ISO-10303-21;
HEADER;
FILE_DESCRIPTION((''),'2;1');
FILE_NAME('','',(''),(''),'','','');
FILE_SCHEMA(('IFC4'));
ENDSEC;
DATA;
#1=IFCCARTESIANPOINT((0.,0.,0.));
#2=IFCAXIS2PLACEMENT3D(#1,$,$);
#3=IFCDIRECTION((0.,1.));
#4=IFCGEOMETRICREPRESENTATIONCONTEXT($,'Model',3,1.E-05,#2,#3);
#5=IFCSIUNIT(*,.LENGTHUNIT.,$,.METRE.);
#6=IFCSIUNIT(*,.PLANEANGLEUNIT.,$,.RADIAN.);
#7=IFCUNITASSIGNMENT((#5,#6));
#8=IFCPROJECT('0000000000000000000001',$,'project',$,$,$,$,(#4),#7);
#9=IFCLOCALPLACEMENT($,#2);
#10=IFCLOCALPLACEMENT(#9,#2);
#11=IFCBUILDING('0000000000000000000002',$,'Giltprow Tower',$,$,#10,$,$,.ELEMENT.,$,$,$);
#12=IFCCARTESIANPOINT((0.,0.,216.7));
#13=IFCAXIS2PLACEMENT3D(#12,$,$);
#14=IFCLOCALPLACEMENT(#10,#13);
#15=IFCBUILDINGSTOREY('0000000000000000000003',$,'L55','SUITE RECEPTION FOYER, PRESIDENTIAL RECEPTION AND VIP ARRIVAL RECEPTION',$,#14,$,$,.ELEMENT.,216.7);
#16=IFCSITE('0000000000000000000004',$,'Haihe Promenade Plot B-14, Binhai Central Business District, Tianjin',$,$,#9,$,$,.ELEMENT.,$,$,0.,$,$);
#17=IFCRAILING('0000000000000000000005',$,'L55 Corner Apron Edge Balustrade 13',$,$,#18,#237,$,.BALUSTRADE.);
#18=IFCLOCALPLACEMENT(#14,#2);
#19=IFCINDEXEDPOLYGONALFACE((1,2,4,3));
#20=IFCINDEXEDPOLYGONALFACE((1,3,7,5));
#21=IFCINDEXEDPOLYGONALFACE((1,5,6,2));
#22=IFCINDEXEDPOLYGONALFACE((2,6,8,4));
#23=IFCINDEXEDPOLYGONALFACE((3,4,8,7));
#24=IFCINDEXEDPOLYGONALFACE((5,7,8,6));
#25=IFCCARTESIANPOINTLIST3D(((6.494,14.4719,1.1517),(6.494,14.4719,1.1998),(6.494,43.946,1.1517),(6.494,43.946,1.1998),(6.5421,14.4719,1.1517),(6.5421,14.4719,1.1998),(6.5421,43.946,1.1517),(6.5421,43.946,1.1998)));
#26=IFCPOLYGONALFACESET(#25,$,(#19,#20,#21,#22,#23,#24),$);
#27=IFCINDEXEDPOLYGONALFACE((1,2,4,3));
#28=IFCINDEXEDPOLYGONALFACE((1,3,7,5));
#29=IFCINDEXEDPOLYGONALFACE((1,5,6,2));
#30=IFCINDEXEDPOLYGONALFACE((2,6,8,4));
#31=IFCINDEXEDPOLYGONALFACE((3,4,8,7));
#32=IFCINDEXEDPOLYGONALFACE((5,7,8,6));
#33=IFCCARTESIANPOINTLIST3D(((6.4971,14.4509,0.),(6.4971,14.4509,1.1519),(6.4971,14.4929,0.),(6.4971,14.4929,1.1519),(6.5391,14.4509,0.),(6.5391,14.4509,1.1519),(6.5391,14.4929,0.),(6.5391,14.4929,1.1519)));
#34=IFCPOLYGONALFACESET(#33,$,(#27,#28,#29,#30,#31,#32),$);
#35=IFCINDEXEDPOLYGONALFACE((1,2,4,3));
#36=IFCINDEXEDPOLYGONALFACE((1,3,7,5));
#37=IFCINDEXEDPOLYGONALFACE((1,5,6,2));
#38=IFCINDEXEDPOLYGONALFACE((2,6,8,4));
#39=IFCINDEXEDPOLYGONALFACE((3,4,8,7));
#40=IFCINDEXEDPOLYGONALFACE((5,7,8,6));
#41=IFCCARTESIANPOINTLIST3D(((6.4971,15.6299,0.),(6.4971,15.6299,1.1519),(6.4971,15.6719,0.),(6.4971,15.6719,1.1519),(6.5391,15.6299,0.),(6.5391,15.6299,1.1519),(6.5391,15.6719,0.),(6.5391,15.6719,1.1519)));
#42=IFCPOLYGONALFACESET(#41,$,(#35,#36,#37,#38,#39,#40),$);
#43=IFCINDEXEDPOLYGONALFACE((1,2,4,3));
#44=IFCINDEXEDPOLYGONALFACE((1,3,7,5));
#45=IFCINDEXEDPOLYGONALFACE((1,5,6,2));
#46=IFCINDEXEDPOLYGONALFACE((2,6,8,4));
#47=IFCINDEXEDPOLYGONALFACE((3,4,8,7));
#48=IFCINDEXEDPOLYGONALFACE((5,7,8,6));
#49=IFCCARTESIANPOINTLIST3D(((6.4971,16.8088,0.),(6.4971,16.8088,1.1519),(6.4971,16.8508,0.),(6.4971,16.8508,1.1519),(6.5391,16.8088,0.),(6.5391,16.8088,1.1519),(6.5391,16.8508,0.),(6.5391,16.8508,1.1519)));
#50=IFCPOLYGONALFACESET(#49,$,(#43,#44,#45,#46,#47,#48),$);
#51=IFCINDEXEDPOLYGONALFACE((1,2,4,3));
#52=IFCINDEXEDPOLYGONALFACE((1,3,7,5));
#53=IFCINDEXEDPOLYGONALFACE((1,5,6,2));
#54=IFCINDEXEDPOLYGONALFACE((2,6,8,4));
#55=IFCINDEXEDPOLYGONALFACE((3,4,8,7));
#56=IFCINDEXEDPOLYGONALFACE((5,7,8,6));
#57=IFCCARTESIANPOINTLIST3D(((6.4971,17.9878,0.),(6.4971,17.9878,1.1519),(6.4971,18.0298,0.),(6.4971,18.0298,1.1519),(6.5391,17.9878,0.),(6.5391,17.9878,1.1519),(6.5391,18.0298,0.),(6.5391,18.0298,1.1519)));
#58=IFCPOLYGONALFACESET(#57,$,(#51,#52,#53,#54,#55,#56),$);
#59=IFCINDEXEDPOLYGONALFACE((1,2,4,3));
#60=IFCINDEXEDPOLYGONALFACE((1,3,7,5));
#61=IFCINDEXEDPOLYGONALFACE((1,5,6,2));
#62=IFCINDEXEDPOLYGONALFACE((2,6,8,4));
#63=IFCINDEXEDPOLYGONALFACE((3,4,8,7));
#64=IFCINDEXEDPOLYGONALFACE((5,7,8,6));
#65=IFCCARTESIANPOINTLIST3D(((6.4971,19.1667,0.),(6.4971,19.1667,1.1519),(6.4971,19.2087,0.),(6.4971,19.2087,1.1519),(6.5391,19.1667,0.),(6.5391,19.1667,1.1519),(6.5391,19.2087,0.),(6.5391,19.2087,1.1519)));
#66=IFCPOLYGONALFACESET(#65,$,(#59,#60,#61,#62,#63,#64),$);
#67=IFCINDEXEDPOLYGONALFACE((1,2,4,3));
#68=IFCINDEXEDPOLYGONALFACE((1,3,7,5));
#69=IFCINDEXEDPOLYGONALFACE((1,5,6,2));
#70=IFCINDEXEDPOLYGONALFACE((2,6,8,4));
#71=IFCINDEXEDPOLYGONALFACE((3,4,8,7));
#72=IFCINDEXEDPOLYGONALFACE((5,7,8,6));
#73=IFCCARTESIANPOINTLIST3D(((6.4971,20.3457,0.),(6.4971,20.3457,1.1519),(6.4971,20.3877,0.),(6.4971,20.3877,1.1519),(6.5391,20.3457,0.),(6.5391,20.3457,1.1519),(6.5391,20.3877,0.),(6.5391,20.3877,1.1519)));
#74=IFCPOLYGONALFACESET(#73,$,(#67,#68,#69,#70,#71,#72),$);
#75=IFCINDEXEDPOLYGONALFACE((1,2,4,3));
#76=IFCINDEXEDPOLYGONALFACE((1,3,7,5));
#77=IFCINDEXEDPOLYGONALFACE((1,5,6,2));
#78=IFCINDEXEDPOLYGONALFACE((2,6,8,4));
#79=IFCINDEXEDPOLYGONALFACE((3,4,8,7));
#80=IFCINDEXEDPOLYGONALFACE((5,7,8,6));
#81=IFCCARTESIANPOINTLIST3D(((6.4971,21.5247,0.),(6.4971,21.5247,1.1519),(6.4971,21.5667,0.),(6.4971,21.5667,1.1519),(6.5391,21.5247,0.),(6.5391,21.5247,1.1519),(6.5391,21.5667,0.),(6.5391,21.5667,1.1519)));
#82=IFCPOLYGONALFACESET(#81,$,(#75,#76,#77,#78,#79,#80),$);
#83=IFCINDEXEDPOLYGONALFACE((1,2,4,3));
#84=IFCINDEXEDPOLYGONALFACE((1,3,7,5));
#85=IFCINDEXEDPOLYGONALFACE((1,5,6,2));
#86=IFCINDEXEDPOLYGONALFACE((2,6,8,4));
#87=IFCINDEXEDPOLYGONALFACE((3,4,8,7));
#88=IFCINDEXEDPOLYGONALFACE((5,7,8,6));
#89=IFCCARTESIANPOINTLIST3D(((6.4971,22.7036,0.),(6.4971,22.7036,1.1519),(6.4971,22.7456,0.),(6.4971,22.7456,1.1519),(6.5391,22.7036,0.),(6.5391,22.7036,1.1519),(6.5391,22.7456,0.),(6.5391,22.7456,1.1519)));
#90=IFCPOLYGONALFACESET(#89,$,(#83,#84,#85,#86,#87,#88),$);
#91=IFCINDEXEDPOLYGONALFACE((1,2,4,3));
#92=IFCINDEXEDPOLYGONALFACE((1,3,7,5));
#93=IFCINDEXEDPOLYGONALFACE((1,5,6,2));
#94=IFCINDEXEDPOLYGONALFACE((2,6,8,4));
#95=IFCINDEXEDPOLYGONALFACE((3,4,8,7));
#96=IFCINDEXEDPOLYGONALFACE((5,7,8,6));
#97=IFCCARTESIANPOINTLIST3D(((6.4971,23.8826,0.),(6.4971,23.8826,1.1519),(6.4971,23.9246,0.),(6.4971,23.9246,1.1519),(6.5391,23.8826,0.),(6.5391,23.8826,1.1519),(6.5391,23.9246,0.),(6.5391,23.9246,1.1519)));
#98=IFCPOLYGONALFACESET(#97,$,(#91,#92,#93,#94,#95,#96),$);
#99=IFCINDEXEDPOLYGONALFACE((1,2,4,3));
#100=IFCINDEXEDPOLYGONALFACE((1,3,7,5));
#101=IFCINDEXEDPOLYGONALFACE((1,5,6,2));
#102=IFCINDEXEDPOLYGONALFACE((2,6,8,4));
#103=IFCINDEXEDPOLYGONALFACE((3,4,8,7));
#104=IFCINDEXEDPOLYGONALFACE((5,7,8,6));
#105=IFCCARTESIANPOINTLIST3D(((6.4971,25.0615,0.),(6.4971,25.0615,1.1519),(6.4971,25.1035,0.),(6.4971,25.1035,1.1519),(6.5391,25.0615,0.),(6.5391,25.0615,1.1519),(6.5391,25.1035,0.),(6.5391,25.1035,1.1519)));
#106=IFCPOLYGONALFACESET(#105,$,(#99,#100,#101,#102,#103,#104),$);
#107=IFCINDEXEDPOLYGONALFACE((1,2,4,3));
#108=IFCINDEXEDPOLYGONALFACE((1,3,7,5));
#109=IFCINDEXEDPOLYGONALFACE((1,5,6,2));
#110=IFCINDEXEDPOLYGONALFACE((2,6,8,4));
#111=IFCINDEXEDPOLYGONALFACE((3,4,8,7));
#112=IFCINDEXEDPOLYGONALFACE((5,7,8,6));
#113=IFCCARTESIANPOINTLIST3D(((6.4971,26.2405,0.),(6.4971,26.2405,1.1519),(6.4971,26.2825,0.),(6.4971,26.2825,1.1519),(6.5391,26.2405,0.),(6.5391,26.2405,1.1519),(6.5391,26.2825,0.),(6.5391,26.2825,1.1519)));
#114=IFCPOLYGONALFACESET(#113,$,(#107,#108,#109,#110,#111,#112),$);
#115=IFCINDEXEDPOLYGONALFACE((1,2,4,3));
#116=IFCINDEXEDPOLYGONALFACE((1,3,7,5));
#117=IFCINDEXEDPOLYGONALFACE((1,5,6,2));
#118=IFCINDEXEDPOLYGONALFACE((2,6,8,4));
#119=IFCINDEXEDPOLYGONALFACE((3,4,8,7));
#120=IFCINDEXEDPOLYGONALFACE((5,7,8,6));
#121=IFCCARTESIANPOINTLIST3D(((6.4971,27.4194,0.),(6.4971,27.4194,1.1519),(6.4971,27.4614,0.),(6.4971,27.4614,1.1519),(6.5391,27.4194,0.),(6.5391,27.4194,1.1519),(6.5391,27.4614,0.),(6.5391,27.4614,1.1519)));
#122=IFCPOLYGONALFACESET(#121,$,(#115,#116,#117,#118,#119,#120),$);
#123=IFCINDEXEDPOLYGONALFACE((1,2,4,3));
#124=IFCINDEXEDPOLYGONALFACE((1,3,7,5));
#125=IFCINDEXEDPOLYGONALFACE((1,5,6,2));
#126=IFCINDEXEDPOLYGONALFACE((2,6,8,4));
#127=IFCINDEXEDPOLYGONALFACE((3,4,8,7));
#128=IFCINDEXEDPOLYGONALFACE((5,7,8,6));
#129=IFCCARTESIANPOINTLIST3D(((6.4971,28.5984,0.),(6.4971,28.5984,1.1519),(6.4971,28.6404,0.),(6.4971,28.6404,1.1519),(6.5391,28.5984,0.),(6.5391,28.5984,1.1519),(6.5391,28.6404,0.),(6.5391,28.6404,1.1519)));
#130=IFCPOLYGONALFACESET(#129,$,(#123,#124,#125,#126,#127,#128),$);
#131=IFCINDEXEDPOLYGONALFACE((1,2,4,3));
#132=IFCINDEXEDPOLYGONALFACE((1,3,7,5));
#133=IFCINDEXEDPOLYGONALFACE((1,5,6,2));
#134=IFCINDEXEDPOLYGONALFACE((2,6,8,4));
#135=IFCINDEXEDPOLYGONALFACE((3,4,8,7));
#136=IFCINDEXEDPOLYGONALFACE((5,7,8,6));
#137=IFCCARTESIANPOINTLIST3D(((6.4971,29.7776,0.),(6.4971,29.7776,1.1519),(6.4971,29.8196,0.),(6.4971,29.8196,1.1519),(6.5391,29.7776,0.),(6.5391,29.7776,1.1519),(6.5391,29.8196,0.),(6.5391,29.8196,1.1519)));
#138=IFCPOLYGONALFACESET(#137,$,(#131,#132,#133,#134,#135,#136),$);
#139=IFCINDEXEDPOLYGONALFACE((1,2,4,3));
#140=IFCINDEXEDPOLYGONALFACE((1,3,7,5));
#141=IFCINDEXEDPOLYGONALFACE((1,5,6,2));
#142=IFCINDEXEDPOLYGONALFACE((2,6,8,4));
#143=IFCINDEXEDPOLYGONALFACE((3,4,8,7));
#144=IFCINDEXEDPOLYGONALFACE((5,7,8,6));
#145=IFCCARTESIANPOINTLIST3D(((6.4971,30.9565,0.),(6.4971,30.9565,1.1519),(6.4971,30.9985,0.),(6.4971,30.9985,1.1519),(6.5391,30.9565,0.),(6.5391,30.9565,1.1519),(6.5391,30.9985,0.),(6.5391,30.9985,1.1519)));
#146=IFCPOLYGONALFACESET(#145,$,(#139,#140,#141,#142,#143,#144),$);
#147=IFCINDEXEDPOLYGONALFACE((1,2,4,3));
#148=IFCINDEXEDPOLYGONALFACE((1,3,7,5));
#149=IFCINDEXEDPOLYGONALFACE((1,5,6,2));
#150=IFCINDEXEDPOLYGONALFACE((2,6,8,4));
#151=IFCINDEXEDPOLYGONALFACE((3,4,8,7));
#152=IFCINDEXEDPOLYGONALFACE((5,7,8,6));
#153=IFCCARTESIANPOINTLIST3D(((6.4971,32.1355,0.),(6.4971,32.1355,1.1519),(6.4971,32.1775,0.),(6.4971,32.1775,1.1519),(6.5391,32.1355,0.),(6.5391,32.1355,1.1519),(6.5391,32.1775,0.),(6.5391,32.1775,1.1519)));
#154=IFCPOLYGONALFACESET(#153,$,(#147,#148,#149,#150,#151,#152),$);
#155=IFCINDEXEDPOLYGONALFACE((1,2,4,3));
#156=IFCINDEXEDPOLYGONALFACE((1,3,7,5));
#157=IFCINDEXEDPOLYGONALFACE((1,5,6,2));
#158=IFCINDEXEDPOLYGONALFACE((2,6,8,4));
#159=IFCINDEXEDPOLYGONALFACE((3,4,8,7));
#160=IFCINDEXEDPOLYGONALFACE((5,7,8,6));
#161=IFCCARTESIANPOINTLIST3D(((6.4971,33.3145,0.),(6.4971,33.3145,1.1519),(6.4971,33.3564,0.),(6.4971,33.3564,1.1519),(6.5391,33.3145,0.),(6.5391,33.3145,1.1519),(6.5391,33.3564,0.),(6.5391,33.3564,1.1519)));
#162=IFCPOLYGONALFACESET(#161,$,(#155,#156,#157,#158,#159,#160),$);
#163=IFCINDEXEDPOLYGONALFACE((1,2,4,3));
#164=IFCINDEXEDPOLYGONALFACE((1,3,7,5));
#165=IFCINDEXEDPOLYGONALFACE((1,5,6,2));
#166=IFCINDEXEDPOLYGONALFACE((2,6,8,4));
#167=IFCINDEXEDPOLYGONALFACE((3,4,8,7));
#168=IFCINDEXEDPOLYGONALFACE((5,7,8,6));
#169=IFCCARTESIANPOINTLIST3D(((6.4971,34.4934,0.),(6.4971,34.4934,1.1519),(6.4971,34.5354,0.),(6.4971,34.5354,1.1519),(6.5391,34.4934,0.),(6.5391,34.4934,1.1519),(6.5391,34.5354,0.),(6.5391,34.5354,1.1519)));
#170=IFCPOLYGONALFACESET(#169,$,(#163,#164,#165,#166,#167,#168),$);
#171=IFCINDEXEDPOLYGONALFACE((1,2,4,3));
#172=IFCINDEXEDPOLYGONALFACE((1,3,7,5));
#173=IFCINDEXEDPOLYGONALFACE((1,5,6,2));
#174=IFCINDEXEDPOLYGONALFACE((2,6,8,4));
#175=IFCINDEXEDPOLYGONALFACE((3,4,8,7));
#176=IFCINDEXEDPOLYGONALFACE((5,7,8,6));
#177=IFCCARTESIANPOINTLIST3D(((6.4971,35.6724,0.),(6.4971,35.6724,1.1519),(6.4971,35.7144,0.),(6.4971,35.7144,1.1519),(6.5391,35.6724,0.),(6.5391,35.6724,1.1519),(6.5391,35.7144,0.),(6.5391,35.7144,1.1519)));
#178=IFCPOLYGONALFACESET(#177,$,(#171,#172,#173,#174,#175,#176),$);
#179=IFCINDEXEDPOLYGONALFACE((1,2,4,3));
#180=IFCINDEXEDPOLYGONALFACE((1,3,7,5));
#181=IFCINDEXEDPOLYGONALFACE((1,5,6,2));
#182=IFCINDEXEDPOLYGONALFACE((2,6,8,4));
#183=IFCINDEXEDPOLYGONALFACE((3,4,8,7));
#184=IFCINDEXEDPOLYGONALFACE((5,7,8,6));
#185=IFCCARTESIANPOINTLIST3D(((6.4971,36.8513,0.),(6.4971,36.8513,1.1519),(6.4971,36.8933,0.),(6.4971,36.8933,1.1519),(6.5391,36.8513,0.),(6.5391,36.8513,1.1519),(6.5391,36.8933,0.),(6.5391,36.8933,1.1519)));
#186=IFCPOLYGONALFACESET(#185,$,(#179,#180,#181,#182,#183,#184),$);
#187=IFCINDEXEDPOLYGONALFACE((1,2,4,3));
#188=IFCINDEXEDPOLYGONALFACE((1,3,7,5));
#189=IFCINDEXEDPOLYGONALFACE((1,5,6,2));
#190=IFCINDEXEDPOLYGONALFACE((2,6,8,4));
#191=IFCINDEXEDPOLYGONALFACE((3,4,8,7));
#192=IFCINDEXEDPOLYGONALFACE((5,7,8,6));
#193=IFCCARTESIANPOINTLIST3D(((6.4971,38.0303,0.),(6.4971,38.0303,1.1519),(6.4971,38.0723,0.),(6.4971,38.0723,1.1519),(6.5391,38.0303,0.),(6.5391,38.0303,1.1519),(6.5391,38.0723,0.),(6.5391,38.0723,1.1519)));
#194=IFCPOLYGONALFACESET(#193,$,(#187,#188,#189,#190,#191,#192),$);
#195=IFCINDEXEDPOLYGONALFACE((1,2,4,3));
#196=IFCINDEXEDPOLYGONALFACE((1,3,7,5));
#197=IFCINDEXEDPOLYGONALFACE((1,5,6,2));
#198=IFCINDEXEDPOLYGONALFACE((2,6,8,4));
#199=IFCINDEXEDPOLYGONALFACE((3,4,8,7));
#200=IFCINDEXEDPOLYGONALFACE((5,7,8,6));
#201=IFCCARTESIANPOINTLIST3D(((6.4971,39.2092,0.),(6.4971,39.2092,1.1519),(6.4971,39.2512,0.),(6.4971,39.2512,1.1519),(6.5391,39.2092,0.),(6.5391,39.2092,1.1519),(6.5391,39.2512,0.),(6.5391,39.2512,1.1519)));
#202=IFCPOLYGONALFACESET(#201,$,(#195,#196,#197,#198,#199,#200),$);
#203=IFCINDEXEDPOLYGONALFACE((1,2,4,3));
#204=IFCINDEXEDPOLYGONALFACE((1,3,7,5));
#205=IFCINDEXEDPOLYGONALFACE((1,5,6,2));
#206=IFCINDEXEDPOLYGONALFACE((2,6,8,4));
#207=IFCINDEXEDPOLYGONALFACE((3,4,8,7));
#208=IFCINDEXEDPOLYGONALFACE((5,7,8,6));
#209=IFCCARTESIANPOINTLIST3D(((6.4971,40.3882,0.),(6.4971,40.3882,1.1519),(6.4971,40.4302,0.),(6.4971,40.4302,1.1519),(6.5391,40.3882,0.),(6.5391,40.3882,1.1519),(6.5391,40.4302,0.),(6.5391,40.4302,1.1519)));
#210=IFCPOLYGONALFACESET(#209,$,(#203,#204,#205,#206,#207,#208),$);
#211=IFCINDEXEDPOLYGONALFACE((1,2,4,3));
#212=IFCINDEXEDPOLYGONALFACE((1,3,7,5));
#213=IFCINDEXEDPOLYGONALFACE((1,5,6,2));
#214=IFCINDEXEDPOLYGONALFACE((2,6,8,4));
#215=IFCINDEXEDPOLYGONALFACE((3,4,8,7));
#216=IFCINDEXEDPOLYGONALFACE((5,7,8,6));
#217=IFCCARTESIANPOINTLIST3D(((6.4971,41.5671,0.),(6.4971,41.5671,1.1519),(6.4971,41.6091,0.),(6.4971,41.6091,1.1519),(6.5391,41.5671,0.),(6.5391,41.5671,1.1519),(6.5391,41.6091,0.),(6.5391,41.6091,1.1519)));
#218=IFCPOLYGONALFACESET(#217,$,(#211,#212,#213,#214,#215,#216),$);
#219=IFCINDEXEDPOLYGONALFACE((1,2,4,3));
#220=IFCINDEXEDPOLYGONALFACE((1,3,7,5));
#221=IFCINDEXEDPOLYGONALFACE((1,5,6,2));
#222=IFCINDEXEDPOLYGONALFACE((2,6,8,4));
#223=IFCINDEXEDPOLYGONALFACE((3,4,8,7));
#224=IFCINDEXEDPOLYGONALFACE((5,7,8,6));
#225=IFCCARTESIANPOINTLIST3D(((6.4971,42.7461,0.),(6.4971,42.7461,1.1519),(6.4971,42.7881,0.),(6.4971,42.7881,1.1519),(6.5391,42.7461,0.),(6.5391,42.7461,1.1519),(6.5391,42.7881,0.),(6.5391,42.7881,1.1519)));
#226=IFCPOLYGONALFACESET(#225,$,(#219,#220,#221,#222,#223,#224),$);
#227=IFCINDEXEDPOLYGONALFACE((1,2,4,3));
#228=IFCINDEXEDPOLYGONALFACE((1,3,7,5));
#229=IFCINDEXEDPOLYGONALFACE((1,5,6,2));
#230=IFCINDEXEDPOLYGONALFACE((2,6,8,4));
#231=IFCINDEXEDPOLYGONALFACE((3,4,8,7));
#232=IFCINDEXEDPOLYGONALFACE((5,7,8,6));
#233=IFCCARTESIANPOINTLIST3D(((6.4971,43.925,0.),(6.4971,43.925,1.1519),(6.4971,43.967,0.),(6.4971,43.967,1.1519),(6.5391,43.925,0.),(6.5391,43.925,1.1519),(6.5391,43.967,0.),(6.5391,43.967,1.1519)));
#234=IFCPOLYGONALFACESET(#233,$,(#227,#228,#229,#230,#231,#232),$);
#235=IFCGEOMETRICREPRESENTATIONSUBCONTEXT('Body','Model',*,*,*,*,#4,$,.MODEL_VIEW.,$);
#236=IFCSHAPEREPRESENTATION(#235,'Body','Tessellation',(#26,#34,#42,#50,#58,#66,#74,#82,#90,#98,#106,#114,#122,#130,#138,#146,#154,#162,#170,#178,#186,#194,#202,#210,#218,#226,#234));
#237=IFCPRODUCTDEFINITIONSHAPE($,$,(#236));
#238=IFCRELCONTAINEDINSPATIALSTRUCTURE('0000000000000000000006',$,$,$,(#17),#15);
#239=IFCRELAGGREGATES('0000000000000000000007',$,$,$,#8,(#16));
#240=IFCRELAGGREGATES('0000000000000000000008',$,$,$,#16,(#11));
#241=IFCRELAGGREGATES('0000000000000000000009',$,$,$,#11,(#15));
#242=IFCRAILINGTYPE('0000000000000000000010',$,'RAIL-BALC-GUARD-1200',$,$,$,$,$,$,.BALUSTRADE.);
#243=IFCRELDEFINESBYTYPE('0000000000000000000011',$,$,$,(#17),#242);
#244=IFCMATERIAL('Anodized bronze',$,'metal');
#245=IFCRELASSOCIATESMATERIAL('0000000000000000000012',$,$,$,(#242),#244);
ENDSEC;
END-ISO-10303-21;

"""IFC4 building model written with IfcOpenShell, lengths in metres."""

from ifc_helpers import new_model, si_unit, direction, frame, origin, origin_2d, place, context, subcontext, project, spatial, rectangle, extrude, material, type_object, element, save


model = new_model("IFC4")

# Units and contexts
model_context = context("Model", 3, precision=1e-05, world=origin(), true_north=direction((0.0, 1.0)))
body_context = subcontext(model_context, "Body", "Model", "MODEL_VIEW")
ifc_project = project(units=[si_unit("LENGTHUNIT", "METRE"), si_unit("PLANEANGLEUNIT", "RADIAN")], contexts=[model_context])

# Site, building, storey
site_placement = place(None, origin())
site = spatial("IfcSite", under=ifc_project, at=site_placement, Name="Haihe Promenade Plot B-14, Binhai Central Business District, Tianjin", CompositionType="ELEMENT", RefElevation=0.0)
building_placement = place(site_placement, origin())
building = spatial("IfcBuilding", under=site, at=building_placement, Name="Giltprow Tower", CompositionType="ELEMENT")
storey_placement = place(building_placement, frame((0.0, 0.0, 216.7)))
storey = spatial("IfcBuildingStorey", under=building, at=storey_placement, Name="L55", Description="SUITE RECEPTION FOYER, PRESIDENTIAL RECEPTION AND VIP ARRIVAL RECEPTION", CompositionType="ELEMENT", Elevation=216.7)

# Shared definitions
ifc_material_1 = material(Name="Anodized bronze", Category="metal")

# Railing
railing_type = type_object("IfcRailingType", Name="RAIL-BALC-GUARD-1200", PredefinedType="BALUSTRADE", material=ifc_material_1)
railing_1_placement = place(storey_placement, frame((6.5181, 14.4719, 0.0)))
element("IfcRailing", 1, at=railing_1_placement, inside=storey, type_object=railing_type, Name="L55 Corner Apron Edge Balustrade 13", PredefinedType="BALUSTRADE", context=body_context, shape_type="SweptSolid", body=[
    extrude(rectangle(XDim=0.0481, YDim=0.0481, at=origin_2d()), frame((0.0, 0.0, 1.1758), z_axis=(0.0, 1.0, 0.0), x_axis=(-1.0, 0.0, 0.0)), (0.0, 0.0, 1.0), 29.4741),
    extrude(rectangle(XDim=0.042, YDim=0.042, at=origin_2d()), origin(), (0.0, 0.0, 1.0), 1.1519),
    extrude(rectangle(XDim=0.042, YDim=0.042, at=origin_2d()), frame((0.0, 1.179, 0.0)), (0.0, 0.0, 1.0), 1.1519),
    extrude(rectangle(XDim=0.042, YDim=0.042, at=origin_2d()), frame((0.0, 2.3579, 0.0)), (0.0, 0.0, 1.0), 1.1519),
    extrude(rectangle(XDim=0.042, YDim=0.042, at=origin_2d()), frame((0.0, 3.5369, 0.0)), (0.0, 0.0, 1.0), 1.1519),
    extrude(rectangle(XDim=0.042, YDim=0.042, at=origin_2d()), frame((0.0, 4.7158, 0.0)), (0.0, 0.0, 1.0), 1.1519),
    extrude(rectangle(XDim=0.042, YDim=0.042, at=origin_2d()), frame((0.0, 5.8948, 0.0)), (0.0, 0.0, 1.0), 1.1519),
    extrude(rectangle(XDim=0.042, YDim=0.042, at=origin_2d()), frame((0.0, 7.0737, 0.0)), (0.0, 0.0, 1.0), 1.1519),
    extrude(rectangle(XDim=0.042, YDim=0.042, at=origin_2d()), frame((0.0, 8.2527, 0.0)), (0.0, 0.0, 1.0), 1.1519),
    extrude(rectangle(XDim=0.042, YDim=0.042, at=origin_2d()), frame((0.0, 9.4316, 0.0)), (0.0, 0.0, 1.0), 1.1519),
    extrude(rectangle(XDim=0.042, YDim=0.042, at=origin_2d()), frame((0.0, 10.6106, 0.0)), (0.0, 0.0, 1.0), 1.1519),
    extrude(rectangle(XDim=0.042, YDim=0.042, at=origin_2d()), frame((0.0, 11.7896, 0.0)), (0.0, 0.0, 1.0), 1.1519),
    extrude(rectangle(XDim=0.042, YDim=0.042, at=origin_2d()), frame((0.0, 12.9685, 0.0)), (0.0, 0.0, 1.0), 1.1519),
    extrude(rectangle(XDim=0.042, YDim=0.042, at=origin_2d()), frame((0.0, 14.1475, 0.0)), (0.0, 0.0, 1.0), 1.1519),
    extrude(rectangle(XDim=0.042, YDim=0.042, at=origin_2d()), frame((0.0, 15.3267, 0.0)), (0.0, 0.0, 1.0), 1.1519),
    extrude(rectangle(XDim=0.042, YDim=0.042, at=origin_2d()), frame((0.0, 16.5056, 0.0)), (0.0, 0.0, 1.0), 1.1519),
    extrude(rectangle(XDim=0.042, YDim=0.042, at=origin_2d()), frame((0.0, 17.6846, 0.0)), (0.0, 0.0, 1.0), 1.1519),
    extrude(rectangle(XDim=0.042, YDim=0.042, at=origin_2d()), frame((0.0, 18.8635, 0.0)), (0.0, 0.0, 1.0), 1.1519),
    extrude(rectangle(XDim=0.042, YDim=0.042, at=origin_2d()), frame((0.0, 20.0425, 0.0)), (0.0, 0.0, 1.0), 1.1519),
    extrude(rectangle(XDim=0.042, YDim=0.042, at=origin_2d()), frame((0.0, 21.2214, 0.0)), (0.0, 0.0, 1.0), 1.1519),
    extrude(rectangle(XDim=0.042, YDim=0.042, at=origin_2d()), frame((0.0, 22.4004, 0.0)), (0.0, 0.0, 1.0), 1.1519),
    extrude(rectangle(XDim=0.042, YDim=0.042, at=origin_2d()), frame((0.0, 23.5793, 0.0)), (0.0, 0.0, 1.0), 1.1519),
    extrude(rectangle(XDim=0.042, YDim=0.042, at=origin_2d()), frame((0.0, 24.7583, 0.0)), (0.0, 0.0, 1.0), 1.1519),
    extrude(rectangle(XDim=0.042, YDim=0.042, at=origin_2d()), frame((0.0, 25.9373, 0.0)), (0.0, 0.0, 1.0), 1.1519),
    extrude(rectangle(XDim=0.042, YDim=0.042, at=origin_2d()), frame((0.0, 27.1162, 0.0)), (0.0, 0.0, 1.0), 1.1519),
    extrude(rectangle(XDim=0.042, YDim=0.042, at=origin_2d()), frame((0.0, 28.2952, 0.0)), (0.0, 0.0, 1.0), 1.1519),
    extrude(rectangle(XDim=0.042, YDim=0.042, at=origin_2d()), frame((0.0, 29.4741, 0.0)), (0.0, 0.0, 1.0), 1.1519),
])

save(model, "model.ifc")
